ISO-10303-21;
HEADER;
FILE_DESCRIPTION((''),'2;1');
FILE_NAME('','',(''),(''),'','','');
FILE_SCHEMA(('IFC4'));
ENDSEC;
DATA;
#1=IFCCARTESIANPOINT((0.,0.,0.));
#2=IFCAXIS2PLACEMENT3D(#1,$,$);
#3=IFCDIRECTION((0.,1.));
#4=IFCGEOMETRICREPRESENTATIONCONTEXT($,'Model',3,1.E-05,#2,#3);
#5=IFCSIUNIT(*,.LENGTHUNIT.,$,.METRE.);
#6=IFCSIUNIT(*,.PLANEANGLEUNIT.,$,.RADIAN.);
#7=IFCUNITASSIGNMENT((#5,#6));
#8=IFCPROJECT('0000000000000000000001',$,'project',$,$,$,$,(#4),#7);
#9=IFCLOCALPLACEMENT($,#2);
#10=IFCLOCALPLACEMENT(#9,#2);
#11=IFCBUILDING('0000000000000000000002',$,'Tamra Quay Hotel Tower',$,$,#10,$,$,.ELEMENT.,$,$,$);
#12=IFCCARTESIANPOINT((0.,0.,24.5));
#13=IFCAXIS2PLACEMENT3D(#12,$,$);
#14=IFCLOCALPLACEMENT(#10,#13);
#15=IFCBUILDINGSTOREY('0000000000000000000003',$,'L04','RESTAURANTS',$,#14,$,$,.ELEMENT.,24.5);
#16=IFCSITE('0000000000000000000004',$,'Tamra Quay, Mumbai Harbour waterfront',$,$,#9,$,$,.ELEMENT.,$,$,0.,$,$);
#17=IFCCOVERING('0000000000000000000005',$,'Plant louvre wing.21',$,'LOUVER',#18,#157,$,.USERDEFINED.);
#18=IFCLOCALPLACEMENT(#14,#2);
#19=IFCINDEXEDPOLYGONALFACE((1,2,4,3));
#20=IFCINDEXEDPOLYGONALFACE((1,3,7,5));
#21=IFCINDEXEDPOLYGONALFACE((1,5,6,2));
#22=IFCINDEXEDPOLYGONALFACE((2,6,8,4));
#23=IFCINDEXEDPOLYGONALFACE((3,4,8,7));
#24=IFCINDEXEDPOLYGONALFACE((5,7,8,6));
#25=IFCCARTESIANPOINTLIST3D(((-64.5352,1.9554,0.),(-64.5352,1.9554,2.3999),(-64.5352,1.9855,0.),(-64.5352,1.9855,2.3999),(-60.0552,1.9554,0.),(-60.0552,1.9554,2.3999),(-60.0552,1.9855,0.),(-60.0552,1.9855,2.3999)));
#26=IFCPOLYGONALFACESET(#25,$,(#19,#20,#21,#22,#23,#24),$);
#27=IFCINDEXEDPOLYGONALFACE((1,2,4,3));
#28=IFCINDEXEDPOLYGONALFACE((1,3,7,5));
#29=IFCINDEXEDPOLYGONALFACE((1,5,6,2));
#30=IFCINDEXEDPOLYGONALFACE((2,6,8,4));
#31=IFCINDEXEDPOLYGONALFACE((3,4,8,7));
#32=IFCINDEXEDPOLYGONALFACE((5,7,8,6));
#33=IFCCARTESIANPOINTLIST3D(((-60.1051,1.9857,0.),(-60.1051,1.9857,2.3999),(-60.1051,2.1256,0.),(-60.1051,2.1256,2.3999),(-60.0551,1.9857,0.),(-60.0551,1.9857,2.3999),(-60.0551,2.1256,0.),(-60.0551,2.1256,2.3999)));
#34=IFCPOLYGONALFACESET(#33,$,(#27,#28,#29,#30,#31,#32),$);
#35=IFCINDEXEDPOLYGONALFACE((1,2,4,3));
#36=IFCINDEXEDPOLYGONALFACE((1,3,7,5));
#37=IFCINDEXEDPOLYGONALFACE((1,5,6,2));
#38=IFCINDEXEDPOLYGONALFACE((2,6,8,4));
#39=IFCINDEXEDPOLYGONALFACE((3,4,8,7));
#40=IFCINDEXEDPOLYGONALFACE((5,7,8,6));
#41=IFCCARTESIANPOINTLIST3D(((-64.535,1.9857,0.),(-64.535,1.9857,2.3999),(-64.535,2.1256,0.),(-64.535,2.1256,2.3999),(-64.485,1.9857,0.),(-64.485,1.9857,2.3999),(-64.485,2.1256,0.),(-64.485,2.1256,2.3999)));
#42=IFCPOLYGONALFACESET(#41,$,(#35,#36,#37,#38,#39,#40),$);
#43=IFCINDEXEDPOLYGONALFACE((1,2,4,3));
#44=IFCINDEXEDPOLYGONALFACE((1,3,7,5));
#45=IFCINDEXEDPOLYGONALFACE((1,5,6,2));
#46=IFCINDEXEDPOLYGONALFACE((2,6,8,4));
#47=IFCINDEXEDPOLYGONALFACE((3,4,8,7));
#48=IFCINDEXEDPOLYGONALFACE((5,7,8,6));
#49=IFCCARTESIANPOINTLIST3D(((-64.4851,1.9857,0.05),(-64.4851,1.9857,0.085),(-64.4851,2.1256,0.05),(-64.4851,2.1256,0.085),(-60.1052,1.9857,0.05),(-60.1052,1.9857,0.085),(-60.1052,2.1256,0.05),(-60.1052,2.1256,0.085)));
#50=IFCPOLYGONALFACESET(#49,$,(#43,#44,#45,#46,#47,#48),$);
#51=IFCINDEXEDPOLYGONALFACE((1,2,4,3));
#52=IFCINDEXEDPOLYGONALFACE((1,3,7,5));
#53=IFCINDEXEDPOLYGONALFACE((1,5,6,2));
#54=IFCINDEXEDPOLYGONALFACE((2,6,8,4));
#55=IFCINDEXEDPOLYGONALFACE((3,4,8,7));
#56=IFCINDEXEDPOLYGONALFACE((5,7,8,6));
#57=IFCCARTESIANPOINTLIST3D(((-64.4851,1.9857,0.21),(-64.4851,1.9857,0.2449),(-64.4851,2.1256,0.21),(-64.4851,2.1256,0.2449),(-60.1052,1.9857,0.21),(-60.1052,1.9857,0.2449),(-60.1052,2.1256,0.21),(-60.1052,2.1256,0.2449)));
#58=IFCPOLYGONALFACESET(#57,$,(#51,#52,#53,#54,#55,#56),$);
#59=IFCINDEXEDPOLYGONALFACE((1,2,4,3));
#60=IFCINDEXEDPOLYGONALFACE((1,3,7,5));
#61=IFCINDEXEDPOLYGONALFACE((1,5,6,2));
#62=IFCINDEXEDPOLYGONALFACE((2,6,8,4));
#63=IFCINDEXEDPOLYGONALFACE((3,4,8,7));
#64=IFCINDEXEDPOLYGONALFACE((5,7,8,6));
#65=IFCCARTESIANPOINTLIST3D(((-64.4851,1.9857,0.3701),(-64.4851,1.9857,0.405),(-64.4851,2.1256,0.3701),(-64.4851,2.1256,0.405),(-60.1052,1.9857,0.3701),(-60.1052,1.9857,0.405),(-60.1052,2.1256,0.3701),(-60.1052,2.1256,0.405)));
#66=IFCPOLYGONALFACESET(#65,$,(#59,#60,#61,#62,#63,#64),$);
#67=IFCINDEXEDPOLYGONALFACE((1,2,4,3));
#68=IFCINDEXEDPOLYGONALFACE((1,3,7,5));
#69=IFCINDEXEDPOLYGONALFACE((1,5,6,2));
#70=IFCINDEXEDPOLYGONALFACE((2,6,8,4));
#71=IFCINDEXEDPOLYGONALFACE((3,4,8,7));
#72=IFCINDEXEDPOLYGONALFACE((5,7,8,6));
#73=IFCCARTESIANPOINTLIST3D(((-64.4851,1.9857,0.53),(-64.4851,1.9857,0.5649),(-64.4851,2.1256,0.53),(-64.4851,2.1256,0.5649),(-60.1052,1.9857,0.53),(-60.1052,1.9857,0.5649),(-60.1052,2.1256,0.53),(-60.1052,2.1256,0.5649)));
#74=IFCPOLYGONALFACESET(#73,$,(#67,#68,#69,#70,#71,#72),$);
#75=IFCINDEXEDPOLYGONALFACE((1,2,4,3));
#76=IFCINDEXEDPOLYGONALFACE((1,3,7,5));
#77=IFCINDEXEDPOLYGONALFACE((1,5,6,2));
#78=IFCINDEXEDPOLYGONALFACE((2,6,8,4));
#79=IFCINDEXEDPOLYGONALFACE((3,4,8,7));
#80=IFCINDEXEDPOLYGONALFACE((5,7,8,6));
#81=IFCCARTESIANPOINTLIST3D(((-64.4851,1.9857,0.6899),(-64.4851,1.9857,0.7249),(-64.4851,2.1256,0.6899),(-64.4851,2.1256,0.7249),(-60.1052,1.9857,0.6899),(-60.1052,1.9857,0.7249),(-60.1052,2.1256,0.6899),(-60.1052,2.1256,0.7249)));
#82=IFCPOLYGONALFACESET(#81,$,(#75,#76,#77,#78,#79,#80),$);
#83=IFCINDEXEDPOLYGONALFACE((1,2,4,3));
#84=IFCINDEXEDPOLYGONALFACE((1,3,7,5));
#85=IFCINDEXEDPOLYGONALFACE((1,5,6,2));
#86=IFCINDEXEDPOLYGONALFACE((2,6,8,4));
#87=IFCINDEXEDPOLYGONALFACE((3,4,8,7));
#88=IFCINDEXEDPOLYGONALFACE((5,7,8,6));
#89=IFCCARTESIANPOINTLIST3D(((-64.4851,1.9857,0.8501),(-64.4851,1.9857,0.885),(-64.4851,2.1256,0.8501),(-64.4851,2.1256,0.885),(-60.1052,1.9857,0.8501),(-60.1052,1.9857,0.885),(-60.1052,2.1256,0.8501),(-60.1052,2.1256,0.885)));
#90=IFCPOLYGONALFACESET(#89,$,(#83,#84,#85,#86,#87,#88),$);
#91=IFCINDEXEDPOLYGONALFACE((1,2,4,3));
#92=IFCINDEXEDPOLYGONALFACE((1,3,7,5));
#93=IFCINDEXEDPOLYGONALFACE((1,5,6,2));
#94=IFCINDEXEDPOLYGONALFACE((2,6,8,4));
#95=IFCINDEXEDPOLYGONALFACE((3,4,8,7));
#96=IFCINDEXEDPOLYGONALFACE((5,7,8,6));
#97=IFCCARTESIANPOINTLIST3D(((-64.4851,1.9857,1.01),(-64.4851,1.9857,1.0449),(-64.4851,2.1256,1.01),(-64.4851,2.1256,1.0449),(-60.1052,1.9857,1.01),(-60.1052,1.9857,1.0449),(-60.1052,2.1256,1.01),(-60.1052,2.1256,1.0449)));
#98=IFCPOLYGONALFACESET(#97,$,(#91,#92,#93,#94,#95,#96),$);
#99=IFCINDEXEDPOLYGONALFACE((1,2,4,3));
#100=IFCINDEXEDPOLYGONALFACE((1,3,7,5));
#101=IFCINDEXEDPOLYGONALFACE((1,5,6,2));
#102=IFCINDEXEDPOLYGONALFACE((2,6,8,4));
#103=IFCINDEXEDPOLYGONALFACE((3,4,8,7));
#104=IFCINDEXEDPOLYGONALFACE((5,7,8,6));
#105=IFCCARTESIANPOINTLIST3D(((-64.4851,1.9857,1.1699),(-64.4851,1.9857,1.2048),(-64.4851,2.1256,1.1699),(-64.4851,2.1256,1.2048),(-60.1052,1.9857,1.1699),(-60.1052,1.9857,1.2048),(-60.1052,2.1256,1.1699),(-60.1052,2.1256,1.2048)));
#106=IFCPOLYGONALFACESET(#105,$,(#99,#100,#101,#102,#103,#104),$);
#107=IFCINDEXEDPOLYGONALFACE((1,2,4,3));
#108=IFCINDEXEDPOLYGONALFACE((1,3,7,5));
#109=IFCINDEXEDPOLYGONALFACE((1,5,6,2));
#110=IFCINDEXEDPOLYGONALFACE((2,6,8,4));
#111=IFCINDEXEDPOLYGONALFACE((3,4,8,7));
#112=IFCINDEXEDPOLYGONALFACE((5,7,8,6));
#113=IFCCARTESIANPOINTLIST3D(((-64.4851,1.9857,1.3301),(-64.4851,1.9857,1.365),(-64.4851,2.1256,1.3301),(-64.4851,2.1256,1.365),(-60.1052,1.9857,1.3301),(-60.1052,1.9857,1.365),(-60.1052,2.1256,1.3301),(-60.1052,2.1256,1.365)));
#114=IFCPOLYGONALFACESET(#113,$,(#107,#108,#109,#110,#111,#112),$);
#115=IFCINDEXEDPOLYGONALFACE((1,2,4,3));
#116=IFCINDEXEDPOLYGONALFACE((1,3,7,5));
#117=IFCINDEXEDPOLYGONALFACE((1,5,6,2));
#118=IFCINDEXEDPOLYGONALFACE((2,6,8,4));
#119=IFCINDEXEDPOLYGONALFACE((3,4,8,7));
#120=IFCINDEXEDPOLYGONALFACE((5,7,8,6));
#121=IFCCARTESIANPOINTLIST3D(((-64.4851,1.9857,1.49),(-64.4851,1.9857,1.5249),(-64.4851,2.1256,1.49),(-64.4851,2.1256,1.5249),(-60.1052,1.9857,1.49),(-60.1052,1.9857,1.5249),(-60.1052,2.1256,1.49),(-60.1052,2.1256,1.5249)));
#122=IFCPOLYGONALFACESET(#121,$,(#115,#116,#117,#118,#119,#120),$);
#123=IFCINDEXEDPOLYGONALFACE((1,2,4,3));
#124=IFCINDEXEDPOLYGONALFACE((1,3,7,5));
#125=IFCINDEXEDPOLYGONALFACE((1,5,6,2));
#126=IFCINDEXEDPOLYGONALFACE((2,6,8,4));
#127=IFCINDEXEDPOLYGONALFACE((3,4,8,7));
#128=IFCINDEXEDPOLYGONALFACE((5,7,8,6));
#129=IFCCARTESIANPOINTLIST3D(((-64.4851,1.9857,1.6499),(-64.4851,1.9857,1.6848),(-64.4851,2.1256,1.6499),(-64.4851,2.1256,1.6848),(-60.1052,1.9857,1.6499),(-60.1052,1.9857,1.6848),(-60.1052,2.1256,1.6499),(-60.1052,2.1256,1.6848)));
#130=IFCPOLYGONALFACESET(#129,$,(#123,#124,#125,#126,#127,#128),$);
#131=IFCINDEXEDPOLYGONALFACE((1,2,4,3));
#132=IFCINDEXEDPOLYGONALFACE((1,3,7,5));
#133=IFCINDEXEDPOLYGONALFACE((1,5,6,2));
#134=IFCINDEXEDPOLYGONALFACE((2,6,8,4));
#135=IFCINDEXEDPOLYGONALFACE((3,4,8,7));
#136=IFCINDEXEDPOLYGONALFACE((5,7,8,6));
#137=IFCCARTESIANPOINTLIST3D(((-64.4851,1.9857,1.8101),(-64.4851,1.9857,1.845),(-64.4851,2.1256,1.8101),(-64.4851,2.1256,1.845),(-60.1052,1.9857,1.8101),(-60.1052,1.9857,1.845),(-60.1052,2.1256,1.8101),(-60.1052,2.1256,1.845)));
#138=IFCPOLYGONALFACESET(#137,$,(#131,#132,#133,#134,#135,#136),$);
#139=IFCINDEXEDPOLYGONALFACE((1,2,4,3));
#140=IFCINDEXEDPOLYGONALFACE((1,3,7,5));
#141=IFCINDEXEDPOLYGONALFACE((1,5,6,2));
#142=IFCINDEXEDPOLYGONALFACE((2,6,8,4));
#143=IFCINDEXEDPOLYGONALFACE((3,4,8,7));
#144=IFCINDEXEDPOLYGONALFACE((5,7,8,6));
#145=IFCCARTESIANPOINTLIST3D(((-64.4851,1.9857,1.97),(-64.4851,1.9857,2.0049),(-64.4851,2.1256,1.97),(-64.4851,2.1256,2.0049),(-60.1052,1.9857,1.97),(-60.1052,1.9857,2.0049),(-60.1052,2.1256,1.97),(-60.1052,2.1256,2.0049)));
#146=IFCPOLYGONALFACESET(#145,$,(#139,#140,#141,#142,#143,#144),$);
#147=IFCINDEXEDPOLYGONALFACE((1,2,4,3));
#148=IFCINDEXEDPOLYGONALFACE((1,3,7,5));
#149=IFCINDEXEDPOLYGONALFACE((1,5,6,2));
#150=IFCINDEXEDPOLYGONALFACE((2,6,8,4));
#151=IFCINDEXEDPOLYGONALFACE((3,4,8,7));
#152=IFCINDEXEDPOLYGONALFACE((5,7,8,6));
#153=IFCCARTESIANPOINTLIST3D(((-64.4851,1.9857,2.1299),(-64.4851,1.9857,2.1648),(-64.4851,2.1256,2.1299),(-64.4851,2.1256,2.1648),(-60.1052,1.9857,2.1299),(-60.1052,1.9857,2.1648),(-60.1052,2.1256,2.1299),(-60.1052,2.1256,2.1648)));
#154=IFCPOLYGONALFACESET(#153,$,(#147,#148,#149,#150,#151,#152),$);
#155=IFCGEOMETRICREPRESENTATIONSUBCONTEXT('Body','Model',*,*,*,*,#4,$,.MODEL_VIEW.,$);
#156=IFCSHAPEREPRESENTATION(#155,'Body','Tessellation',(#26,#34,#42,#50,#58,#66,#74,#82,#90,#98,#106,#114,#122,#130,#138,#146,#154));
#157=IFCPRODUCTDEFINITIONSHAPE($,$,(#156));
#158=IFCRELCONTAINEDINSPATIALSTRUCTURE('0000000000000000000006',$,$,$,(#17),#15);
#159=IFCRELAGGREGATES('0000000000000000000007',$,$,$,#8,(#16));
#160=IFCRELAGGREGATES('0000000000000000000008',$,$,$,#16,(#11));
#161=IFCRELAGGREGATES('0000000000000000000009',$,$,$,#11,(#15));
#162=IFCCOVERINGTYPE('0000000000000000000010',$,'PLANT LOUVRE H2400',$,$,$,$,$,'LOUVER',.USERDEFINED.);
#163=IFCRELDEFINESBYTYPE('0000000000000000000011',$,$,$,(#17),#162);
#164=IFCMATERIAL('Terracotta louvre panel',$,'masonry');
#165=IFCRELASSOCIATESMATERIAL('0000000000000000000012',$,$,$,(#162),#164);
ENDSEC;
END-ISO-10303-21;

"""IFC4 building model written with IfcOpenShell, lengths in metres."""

from ifc_helpers import new_model, si_unit, direction, frame, frame_2d, origin, place, context, subcontext, project, spatial, rectangle, extrude, source, transform, mapped, material, type_object, element, save


model = new_model("IFC4")

# Units and contexts
model_context = context("Model", 3, precision=1e-05, world=origin(), true_north=direction((0.0, 1.0)))
body_context = subcontext(model_context, "Body", "Model", "MODEL_VIEW")
ifc_project = project(units=[si_unit("LENGTHUNIT", "METRE"), si_unit("PLANEANGLEUNIT", "RADIAN")], contexts=[model_context])

# Site, building, storey
site_placement = place(None, origin())
site = spatial("IfcSite", under=ifc_project, at=site_placement, Name="Tamra Quay, Mumbai Harbour waterfront", CompositionType="ELEMENT", RefElevation=0.0)
building_placement = place(site_placement, origin())
building = spatial("IfcBuilding", under=site, at=building_placement, Name="Tamra Quay Hotel Tower", CompositionType="ELEMENT")
storey_placement = place(building_placement, frame((0.0, 0.0, 24.5)))
storey = spatial("IfcBuildingStorey", under=building, at=storey_placement, Name="L04", Description="RESTAURANTS", CompositionType="ELEMENT", Elevation=24.5)

# Covering
ifc_material_1 = material(Name="Terracotta louvre panel", Category="masonry")
covering_type_1 = type_object("IfcCoveringType", Name="PLANT LOUVRE H2400", ElementType="LOUVER", PredefinedType="USERDEFINED", material=ifc_material_1)
shared_shape_1 = source(origin(), body_context, "Body", "SweptSolid", [
    extrude(rectangle(XDim=4.48, YDim=0.03, at=frame_2d((2.24, 0.0151))), frame((-2.24, -0.03, 0.0)), (0.0, 0.0, 1.0), 2.3999),
    extrude(rectangle(XDim=0.05, YDim=0.1399, at=frame_2d((0.0249, 0.0698))), frame((-2.24, -0.1699, 0.0)), (0.0, 0.0, 1.0), 2.3999),
    extrude(rectangle(XDim=0.05, YDim=0.1399, at=frame_2d((0.0249, 0.0698))), frame((2.1899, -0.1699, 0.0)), (0.0, 0.0, 1.0), 2.3999),
    extrude(rectangle(XDim=4.3799, YDim=0.1399, at=frame_2d((2.1899, 0.0698))), frame((-2.1899, -0.1699, 0.05)), (0.0, 0.0, 1.0), 0.0349),
    extrude(rectangle(XDim=4.3799, YDim=0.1399, at=frame_2d((2.1899, 0.0698))), frame((-2.1899, -0.1699, 0.21)), (0.0, 0.0, 1.0), 0.0349),
    extrude(rectangle(XDim=4.3799, YDim=0.1399, at=frame_2d((2.1899, 0.0698))), frame((-2.1899, -0.1699, 0.3701)), (0.0, 0.0, 1.0), 0.0349),
    extrude(rectangle(XDim=4.3799, YDim=0.1399, at=frame_2d((2.1899, 0.0698))), frame((-2.1899, -0.1699, 0.53)), (0.0, 0.0, 1.0), 0.0349),
    extrude(rectangle(XDim=4.3799, YDim=0.1399, at=frame_2d((2.1899, 0.0698))), frame((-2.1899, -0.1699, 0.6899)), (0.0, 0.0, 1.0), 0.0349),
    extrude(rectangle(XDim=4.3799, YDim=0.1399, at=frame_2d((2.1899, 0.0698))), frame((-2.1899, -0.1699, 0.8501)), (0.0, 0.0, 1.0), 0.0349),
    extrude(rectangle(XDim=4.3799, YDim=0.1399, at=frame_2d((2.1899, 0.0698))), frame((-2.1899, -0.1699, 1.01)), (0.0, 0.0, 1.0), 0.0349),
    extrude(rectangle(XDim=4.3799, YDim=0.1399, at=frame_2d((2.1899, 0.0698))), frame((-2.1899, -0.1699, 1.1699)), (0.0, 0.0, 1.0), 0.0349),
    extrude(rectangle(XDim=4.3799, YDim=0.1399, at=frame_2d((2.1899, 0.0698))), frame((-2.1899, -0.1699, 1.3301)), (0.0, 0.0, 1.0), 0.0349),
    extrude(rectangle(XDim=4.3799, YDim=0.1399, at=frame_2d((2.1899, 0.0698))), frame((-2.1899, -0.1699, 1.49)), (0.0, 0.0, 1.0), 0.0349),
    extrude(rectangle(XDim=4.3799, YDim=0.1399, at=frame_2d((2.1899, 0.0698))), frame((-2.1899, -0.1699, 1.6499)), (0.0, 0.0, 1.0), 0.0349),
    extrude(rectangle(XDim=4.3799, YDim=0.1399, at=frame_2d((2.1899, 0.0698))), frame((-2.1899, -0.1699, 1.8101)), (0.0, 0.0, 1.0), 0.0349),
    extrude(rectangle(XDim=4.3799, YDim=0.1399, at=frame_2d((2.1899, 0.0698))), frame((-2.1899, -0.1699, 1.97)), (0.0, 0.0, 1.0), 0.0349),
    extrude(rectangle(XDim=4.3799, YDim=0.1399, at=frame_2d((2.1899, 0.0698))), frame((-2.1899, -0.1699, 2.1299)), (0.0, 0.0, 1.0), 0.0349),
])
for number, where, z_axis, x_axis, name in (
    (1, (-62.2952, 1.9556, 0.0), (0.0, 0.0, 1.0), (-1.0, 0.0, 0.0), "Plant louvre wing.21"),
):
    element("IfcCovering", number, at=place(storey_placement, frame(where, z_axis=z_axis, x_axis=x_axis)), inside=storey, type_object=covering_type_1, Name=name, ObjectType="LOUVER", PredefinedType="USERDEFINED", context=body_context, shape_type="MappedRepresentation", body=[
        mapped(shared_shape_1, transform((0.0, 0.0, 0.0), scale=1.0)),
    ])

save(model, "model.ifc")
